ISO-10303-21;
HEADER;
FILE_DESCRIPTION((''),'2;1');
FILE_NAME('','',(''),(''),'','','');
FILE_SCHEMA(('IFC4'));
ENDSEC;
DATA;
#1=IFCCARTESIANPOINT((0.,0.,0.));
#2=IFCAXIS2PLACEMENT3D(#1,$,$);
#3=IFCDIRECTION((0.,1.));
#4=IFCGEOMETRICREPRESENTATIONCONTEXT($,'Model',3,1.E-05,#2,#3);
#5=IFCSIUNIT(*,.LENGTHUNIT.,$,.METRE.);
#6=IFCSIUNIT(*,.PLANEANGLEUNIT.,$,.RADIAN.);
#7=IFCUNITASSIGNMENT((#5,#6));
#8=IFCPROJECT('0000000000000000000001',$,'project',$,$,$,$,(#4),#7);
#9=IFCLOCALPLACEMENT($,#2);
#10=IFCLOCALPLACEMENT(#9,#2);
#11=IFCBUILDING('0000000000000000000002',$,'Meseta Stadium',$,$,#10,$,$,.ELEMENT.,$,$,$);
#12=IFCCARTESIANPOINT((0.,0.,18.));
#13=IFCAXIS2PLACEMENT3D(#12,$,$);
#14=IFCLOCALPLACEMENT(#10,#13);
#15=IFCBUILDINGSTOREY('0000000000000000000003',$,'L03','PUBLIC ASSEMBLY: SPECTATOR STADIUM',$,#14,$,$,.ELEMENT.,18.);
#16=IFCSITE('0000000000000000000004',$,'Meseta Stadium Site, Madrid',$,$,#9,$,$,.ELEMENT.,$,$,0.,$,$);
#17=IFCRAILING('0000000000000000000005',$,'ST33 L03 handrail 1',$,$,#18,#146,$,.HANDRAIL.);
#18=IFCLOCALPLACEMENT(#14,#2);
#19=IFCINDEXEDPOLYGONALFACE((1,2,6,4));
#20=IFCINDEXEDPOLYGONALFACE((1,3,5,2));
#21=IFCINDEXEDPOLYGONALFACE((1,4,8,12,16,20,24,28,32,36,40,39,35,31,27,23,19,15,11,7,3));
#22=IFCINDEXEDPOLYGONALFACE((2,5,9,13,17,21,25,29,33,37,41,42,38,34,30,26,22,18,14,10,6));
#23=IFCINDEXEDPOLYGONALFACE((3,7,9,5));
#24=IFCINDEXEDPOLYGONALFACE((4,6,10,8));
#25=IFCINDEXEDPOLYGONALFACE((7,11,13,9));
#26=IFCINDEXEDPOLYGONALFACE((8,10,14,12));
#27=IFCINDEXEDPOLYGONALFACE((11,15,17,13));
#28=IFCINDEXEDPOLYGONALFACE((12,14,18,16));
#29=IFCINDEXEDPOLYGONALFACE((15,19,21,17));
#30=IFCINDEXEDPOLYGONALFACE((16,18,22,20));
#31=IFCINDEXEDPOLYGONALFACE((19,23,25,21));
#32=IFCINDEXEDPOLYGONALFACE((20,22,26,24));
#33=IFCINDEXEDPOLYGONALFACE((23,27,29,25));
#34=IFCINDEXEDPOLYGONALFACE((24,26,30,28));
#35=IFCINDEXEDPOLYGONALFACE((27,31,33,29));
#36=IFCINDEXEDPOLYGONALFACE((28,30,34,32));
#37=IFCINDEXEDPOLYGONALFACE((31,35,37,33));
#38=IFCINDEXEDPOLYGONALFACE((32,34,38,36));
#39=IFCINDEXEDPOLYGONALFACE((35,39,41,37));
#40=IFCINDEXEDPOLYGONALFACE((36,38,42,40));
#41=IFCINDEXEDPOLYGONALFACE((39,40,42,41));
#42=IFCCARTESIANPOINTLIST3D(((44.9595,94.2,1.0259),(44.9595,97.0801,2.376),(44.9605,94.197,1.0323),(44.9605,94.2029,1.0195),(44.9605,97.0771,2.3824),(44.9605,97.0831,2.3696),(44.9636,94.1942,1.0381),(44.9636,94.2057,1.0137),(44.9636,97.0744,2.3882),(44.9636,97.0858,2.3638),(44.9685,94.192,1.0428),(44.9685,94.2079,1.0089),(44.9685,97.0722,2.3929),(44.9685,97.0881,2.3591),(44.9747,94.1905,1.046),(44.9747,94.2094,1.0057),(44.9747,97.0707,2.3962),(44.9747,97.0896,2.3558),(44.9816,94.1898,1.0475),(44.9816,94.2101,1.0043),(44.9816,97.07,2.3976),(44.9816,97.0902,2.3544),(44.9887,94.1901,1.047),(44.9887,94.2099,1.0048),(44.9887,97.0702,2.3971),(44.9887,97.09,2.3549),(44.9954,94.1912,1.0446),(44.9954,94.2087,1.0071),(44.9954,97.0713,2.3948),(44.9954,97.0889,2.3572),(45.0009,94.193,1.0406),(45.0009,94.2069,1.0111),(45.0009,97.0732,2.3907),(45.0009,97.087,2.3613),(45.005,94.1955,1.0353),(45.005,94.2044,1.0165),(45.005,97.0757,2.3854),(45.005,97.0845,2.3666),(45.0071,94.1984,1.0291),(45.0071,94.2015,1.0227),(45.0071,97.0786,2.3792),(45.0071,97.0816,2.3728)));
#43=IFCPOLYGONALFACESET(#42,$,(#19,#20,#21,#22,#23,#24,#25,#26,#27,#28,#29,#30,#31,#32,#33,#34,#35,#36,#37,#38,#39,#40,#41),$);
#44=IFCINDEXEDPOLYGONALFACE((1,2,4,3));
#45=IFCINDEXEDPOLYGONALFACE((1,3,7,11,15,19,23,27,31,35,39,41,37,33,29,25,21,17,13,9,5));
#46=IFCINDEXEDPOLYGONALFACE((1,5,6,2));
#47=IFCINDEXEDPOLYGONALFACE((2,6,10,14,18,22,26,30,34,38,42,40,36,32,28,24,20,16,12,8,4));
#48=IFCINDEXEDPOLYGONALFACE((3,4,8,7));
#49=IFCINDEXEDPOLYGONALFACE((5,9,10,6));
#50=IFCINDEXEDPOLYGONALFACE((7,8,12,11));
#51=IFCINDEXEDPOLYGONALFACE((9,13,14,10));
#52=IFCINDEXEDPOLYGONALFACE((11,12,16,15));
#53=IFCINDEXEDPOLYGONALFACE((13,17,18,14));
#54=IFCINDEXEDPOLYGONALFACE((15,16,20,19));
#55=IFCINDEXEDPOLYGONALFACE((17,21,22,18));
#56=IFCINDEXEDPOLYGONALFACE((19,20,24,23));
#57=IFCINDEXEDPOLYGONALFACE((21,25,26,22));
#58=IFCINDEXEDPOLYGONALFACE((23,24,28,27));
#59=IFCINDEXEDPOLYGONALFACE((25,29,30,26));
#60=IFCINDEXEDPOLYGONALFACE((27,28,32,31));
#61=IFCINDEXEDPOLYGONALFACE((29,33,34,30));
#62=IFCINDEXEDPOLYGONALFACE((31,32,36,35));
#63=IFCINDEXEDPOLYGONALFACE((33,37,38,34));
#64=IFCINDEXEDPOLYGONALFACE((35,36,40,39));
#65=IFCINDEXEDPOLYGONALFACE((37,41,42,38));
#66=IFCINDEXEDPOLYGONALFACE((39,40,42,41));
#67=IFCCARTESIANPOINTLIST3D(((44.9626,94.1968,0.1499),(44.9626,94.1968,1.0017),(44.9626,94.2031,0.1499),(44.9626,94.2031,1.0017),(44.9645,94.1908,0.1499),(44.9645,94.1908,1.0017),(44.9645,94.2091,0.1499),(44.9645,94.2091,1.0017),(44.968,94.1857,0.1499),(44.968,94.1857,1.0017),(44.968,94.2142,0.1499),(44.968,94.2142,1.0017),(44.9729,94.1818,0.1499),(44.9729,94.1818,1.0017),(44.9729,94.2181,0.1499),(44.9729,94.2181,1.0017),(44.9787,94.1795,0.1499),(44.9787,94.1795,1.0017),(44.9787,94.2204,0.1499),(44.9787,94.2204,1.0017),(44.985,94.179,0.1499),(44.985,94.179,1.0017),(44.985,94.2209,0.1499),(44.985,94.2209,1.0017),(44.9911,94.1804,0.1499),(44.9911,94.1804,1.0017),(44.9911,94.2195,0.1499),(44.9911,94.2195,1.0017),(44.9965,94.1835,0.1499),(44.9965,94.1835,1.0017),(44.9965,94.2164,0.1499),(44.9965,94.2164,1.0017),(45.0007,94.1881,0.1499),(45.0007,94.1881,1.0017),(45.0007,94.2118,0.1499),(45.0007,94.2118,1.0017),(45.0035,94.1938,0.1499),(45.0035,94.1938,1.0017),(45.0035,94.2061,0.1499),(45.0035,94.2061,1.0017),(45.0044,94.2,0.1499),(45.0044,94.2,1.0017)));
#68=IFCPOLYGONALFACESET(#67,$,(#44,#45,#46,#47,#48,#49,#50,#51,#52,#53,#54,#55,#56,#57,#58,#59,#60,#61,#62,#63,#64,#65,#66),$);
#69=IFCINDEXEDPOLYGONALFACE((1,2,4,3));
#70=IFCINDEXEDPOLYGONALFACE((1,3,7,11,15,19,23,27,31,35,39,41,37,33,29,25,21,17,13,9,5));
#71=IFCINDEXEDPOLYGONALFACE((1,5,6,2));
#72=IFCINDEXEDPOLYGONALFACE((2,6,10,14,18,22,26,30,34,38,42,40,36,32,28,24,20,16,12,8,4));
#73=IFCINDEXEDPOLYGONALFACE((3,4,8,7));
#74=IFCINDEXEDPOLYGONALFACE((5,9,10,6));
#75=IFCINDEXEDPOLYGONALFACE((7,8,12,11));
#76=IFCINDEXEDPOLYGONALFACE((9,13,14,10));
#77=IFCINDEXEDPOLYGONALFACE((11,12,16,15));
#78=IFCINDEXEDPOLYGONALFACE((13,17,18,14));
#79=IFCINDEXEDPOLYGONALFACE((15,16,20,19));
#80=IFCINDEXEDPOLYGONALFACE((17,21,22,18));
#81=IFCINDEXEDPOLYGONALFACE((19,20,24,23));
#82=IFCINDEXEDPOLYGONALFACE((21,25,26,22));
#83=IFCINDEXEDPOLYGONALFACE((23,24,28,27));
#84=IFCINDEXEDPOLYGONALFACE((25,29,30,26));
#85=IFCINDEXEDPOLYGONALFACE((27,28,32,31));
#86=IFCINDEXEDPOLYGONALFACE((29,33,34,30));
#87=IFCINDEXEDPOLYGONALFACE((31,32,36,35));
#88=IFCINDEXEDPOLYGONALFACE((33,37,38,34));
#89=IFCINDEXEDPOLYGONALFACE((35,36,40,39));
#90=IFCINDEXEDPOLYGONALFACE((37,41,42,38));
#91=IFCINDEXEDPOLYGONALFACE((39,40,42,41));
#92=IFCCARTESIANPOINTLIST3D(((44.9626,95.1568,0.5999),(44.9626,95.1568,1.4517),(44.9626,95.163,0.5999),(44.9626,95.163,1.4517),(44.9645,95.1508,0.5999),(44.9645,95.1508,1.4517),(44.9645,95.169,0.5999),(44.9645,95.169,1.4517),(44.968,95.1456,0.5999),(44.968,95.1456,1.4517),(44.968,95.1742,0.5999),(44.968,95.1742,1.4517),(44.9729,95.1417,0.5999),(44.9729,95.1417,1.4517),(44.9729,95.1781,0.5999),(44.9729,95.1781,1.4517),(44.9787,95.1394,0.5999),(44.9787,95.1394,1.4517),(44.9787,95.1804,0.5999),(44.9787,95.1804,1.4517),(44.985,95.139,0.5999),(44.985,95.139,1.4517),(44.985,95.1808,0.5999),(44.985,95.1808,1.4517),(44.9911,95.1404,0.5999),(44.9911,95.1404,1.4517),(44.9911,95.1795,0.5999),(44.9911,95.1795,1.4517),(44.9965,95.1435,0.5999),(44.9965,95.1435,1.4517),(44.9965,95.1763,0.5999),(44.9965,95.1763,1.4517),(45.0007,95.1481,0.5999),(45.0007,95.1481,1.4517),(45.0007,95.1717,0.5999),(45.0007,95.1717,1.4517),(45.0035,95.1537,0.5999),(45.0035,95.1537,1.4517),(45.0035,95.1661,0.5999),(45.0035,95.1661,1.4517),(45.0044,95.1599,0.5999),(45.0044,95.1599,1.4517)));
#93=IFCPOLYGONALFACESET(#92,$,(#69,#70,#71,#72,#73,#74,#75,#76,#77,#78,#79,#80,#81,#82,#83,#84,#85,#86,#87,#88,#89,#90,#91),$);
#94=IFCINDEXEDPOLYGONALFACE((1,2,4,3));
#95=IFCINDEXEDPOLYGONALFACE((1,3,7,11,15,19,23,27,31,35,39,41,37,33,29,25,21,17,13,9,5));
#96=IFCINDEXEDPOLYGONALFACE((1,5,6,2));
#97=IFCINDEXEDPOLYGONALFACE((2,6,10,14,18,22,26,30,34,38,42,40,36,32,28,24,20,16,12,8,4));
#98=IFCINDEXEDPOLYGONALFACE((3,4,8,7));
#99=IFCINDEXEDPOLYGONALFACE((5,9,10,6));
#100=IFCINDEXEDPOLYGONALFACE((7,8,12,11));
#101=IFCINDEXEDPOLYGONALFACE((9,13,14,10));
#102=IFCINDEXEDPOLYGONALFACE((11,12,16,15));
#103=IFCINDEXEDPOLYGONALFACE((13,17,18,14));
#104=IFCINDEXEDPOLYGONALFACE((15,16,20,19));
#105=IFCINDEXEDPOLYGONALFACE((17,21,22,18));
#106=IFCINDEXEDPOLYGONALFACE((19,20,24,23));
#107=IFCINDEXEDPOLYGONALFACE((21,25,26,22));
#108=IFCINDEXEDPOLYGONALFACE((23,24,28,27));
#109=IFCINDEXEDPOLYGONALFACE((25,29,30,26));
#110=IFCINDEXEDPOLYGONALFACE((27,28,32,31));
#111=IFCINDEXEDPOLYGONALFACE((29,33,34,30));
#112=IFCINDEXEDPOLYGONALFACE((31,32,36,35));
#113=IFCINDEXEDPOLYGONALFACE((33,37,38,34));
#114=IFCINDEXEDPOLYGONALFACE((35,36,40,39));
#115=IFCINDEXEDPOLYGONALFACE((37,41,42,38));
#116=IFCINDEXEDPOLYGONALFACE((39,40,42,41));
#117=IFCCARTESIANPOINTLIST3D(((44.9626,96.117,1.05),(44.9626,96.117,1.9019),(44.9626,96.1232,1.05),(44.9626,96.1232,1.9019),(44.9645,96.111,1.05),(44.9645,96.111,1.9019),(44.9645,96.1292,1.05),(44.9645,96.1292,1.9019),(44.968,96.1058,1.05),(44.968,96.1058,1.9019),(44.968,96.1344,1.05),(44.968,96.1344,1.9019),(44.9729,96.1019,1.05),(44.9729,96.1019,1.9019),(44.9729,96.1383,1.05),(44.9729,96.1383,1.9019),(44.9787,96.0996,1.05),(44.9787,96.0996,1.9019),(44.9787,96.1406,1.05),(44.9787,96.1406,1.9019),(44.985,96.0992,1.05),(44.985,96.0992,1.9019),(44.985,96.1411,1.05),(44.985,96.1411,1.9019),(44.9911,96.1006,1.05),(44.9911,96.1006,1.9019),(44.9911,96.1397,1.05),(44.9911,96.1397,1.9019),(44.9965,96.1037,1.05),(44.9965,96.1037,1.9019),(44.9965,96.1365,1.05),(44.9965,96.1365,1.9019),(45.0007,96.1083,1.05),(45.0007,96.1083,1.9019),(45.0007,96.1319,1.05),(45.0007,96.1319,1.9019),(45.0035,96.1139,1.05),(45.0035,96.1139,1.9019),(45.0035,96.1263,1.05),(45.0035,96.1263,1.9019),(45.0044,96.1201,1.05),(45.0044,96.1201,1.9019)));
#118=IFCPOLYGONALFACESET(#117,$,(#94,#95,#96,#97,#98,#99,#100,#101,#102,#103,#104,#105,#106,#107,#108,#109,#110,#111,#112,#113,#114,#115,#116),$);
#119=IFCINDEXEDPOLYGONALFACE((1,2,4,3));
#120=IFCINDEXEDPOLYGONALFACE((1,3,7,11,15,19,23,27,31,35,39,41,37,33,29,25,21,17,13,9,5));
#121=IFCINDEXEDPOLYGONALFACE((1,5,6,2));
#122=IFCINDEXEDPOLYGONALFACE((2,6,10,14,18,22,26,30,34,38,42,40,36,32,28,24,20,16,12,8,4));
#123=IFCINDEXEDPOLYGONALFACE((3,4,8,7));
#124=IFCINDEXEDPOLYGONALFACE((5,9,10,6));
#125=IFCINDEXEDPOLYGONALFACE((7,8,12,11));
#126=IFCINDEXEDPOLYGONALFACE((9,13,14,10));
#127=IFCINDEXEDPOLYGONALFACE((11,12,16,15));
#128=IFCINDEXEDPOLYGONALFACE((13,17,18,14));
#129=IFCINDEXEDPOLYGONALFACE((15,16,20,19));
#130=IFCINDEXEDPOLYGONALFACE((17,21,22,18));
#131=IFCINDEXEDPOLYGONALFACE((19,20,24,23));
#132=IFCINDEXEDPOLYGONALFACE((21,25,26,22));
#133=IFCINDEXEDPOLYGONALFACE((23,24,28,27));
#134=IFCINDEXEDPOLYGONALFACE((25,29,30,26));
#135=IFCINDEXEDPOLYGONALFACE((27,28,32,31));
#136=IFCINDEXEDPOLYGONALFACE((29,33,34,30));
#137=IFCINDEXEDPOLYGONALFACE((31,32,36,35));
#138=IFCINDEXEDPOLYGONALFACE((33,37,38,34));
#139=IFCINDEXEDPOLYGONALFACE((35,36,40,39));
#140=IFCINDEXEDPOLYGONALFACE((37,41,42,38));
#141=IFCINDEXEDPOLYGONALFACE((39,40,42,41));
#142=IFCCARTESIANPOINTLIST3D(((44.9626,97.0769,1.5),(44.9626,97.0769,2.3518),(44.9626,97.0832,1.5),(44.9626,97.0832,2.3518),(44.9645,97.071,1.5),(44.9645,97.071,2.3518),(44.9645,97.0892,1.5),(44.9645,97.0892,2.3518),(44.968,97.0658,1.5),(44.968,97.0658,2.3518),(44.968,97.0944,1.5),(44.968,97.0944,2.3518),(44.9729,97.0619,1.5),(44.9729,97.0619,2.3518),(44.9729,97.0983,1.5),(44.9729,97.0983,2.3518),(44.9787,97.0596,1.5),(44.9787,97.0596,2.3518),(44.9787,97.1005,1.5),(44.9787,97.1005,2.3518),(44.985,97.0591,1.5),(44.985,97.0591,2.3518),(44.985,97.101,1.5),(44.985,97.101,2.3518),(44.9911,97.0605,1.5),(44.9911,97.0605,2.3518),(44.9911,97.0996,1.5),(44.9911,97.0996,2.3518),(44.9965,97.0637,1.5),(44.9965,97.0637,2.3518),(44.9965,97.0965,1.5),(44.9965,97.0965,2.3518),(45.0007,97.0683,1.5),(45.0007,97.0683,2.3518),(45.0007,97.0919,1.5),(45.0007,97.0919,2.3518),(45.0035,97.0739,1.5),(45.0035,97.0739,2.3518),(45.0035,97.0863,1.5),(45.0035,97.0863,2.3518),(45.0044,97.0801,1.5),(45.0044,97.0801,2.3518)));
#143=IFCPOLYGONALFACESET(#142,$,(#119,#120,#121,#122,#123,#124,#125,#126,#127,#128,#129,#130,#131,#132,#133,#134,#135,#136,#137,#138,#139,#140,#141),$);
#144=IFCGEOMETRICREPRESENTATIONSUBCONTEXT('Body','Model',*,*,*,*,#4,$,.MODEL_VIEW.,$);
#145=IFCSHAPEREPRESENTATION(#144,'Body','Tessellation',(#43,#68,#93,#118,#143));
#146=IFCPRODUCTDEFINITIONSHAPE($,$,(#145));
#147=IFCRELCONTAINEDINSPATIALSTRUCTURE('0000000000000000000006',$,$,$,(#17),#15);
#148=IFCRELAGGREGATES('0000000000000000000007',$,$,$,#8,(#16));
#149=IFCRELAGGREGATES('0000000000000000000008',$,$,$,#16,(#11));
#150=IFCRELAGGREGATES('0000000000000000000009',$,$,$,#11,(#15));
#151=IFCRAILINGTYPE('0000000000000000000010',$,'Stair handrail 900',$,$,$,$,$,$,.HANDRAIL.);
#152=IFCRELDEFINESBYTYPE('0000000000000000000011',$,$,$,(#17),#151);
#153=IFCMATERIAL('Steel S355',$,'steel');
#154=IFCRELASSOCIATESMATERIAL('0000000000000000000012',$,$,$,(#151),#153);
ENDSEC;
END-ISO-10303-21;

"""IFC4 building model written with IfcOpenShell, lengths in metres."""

from ifc_helpers import new_model, si_unit, direction, frame, origin, origin_2d, place, context, subcontext, project, spatial, circle, extrude, material, type_object, element, save


model = new_model("IFC4")

# Units and contexts
model_context = context("Model", 3, precision=1e-05, world=origin(), true_north=direction((0.0, 1.0)))
body_context = subcontext(model_context, "Body", "Model", "MODEL_VIEW")
ifc_project = project(units=[si_unit("LENGTHUNIT", "METRE"), si_unit("PLANEANGLEUNIT", "RADIAN")], contexts=[model_context])

# Site, building, storey
site_placement = place(None, origin())
site = spatial("IfcSite", under=ifc_project, at=site_placement, Name="Meseta Stadium Site, Madrid", CompositionType="ELEMENT", RefElevation=0.0)
building_placement = place(site_placement, origin())
building = spatial("IfcBuilding", under=site, at=building_placement, Name="Meseta Stadium", CompositionType="ELEMENT")
storey_placement = place(building_placement, frame((0.0, 0.0, 18.0)))
storey = spatial("IfcBuildingStorey", under=building, at=storey_placement, Name="L03", Description="PUBLIC ASSEMBLY: SPECTATOR STADIUM", CompositionType="ELEMENT", Elevation=18.0)

# Railing
ifc_material_1 = material(Name="Steel S355", Category="steel")
railing_type_1 = type_object("IfcRailingType", Name="Stair handrail 900", PredefinedType="HANDRAIL", material=ifc_material_1)
railing_1_placement = place(storey_placement, frame((44.9834, 94.2, 0.1499)))
element("IfcRailing", 1, at=railing_1_placement, inside=storey, type_object=railing_type_1, Name="ST33 L03 handrail 1", PredefinedType="HANDRAIL", context=body_context, shape_type="SweptSolid", body=[
    extrude(circle(Radius=0.0239, at=origin_2d()), frame((0.0, 0.0, 0.876), z_axis=(0.0, 0.905454, 0.424444), x_axis=(-1.0, 0.0, 0.0)), (0.0, 0.0, 1.0), 3.1809),
    extrude(circle(Radius=0.021, at=origin_2d()), origin(), (0.0, 0.0, 1.0), 0.8518),
    extrude(circle(Radius=0.021, at=origin_2d()), frame((0.0, 0.96, 0.45)), (0.0, 0.0, 1.0), 0.8518),
    extrude(circle(Radius=0.021, at=origin_2d()), frame((0.0, 1.9202, 0.9001)), (0.0, 0.0, 1.0), 0.8518),
    extrude(circle(Radius=0.021, at=origin_2d()), frame((0.0, 2.8801, 1.3501)), (0.0, 0.0, 1.0), 0.8518),
])

save(model, "model.ifc")
